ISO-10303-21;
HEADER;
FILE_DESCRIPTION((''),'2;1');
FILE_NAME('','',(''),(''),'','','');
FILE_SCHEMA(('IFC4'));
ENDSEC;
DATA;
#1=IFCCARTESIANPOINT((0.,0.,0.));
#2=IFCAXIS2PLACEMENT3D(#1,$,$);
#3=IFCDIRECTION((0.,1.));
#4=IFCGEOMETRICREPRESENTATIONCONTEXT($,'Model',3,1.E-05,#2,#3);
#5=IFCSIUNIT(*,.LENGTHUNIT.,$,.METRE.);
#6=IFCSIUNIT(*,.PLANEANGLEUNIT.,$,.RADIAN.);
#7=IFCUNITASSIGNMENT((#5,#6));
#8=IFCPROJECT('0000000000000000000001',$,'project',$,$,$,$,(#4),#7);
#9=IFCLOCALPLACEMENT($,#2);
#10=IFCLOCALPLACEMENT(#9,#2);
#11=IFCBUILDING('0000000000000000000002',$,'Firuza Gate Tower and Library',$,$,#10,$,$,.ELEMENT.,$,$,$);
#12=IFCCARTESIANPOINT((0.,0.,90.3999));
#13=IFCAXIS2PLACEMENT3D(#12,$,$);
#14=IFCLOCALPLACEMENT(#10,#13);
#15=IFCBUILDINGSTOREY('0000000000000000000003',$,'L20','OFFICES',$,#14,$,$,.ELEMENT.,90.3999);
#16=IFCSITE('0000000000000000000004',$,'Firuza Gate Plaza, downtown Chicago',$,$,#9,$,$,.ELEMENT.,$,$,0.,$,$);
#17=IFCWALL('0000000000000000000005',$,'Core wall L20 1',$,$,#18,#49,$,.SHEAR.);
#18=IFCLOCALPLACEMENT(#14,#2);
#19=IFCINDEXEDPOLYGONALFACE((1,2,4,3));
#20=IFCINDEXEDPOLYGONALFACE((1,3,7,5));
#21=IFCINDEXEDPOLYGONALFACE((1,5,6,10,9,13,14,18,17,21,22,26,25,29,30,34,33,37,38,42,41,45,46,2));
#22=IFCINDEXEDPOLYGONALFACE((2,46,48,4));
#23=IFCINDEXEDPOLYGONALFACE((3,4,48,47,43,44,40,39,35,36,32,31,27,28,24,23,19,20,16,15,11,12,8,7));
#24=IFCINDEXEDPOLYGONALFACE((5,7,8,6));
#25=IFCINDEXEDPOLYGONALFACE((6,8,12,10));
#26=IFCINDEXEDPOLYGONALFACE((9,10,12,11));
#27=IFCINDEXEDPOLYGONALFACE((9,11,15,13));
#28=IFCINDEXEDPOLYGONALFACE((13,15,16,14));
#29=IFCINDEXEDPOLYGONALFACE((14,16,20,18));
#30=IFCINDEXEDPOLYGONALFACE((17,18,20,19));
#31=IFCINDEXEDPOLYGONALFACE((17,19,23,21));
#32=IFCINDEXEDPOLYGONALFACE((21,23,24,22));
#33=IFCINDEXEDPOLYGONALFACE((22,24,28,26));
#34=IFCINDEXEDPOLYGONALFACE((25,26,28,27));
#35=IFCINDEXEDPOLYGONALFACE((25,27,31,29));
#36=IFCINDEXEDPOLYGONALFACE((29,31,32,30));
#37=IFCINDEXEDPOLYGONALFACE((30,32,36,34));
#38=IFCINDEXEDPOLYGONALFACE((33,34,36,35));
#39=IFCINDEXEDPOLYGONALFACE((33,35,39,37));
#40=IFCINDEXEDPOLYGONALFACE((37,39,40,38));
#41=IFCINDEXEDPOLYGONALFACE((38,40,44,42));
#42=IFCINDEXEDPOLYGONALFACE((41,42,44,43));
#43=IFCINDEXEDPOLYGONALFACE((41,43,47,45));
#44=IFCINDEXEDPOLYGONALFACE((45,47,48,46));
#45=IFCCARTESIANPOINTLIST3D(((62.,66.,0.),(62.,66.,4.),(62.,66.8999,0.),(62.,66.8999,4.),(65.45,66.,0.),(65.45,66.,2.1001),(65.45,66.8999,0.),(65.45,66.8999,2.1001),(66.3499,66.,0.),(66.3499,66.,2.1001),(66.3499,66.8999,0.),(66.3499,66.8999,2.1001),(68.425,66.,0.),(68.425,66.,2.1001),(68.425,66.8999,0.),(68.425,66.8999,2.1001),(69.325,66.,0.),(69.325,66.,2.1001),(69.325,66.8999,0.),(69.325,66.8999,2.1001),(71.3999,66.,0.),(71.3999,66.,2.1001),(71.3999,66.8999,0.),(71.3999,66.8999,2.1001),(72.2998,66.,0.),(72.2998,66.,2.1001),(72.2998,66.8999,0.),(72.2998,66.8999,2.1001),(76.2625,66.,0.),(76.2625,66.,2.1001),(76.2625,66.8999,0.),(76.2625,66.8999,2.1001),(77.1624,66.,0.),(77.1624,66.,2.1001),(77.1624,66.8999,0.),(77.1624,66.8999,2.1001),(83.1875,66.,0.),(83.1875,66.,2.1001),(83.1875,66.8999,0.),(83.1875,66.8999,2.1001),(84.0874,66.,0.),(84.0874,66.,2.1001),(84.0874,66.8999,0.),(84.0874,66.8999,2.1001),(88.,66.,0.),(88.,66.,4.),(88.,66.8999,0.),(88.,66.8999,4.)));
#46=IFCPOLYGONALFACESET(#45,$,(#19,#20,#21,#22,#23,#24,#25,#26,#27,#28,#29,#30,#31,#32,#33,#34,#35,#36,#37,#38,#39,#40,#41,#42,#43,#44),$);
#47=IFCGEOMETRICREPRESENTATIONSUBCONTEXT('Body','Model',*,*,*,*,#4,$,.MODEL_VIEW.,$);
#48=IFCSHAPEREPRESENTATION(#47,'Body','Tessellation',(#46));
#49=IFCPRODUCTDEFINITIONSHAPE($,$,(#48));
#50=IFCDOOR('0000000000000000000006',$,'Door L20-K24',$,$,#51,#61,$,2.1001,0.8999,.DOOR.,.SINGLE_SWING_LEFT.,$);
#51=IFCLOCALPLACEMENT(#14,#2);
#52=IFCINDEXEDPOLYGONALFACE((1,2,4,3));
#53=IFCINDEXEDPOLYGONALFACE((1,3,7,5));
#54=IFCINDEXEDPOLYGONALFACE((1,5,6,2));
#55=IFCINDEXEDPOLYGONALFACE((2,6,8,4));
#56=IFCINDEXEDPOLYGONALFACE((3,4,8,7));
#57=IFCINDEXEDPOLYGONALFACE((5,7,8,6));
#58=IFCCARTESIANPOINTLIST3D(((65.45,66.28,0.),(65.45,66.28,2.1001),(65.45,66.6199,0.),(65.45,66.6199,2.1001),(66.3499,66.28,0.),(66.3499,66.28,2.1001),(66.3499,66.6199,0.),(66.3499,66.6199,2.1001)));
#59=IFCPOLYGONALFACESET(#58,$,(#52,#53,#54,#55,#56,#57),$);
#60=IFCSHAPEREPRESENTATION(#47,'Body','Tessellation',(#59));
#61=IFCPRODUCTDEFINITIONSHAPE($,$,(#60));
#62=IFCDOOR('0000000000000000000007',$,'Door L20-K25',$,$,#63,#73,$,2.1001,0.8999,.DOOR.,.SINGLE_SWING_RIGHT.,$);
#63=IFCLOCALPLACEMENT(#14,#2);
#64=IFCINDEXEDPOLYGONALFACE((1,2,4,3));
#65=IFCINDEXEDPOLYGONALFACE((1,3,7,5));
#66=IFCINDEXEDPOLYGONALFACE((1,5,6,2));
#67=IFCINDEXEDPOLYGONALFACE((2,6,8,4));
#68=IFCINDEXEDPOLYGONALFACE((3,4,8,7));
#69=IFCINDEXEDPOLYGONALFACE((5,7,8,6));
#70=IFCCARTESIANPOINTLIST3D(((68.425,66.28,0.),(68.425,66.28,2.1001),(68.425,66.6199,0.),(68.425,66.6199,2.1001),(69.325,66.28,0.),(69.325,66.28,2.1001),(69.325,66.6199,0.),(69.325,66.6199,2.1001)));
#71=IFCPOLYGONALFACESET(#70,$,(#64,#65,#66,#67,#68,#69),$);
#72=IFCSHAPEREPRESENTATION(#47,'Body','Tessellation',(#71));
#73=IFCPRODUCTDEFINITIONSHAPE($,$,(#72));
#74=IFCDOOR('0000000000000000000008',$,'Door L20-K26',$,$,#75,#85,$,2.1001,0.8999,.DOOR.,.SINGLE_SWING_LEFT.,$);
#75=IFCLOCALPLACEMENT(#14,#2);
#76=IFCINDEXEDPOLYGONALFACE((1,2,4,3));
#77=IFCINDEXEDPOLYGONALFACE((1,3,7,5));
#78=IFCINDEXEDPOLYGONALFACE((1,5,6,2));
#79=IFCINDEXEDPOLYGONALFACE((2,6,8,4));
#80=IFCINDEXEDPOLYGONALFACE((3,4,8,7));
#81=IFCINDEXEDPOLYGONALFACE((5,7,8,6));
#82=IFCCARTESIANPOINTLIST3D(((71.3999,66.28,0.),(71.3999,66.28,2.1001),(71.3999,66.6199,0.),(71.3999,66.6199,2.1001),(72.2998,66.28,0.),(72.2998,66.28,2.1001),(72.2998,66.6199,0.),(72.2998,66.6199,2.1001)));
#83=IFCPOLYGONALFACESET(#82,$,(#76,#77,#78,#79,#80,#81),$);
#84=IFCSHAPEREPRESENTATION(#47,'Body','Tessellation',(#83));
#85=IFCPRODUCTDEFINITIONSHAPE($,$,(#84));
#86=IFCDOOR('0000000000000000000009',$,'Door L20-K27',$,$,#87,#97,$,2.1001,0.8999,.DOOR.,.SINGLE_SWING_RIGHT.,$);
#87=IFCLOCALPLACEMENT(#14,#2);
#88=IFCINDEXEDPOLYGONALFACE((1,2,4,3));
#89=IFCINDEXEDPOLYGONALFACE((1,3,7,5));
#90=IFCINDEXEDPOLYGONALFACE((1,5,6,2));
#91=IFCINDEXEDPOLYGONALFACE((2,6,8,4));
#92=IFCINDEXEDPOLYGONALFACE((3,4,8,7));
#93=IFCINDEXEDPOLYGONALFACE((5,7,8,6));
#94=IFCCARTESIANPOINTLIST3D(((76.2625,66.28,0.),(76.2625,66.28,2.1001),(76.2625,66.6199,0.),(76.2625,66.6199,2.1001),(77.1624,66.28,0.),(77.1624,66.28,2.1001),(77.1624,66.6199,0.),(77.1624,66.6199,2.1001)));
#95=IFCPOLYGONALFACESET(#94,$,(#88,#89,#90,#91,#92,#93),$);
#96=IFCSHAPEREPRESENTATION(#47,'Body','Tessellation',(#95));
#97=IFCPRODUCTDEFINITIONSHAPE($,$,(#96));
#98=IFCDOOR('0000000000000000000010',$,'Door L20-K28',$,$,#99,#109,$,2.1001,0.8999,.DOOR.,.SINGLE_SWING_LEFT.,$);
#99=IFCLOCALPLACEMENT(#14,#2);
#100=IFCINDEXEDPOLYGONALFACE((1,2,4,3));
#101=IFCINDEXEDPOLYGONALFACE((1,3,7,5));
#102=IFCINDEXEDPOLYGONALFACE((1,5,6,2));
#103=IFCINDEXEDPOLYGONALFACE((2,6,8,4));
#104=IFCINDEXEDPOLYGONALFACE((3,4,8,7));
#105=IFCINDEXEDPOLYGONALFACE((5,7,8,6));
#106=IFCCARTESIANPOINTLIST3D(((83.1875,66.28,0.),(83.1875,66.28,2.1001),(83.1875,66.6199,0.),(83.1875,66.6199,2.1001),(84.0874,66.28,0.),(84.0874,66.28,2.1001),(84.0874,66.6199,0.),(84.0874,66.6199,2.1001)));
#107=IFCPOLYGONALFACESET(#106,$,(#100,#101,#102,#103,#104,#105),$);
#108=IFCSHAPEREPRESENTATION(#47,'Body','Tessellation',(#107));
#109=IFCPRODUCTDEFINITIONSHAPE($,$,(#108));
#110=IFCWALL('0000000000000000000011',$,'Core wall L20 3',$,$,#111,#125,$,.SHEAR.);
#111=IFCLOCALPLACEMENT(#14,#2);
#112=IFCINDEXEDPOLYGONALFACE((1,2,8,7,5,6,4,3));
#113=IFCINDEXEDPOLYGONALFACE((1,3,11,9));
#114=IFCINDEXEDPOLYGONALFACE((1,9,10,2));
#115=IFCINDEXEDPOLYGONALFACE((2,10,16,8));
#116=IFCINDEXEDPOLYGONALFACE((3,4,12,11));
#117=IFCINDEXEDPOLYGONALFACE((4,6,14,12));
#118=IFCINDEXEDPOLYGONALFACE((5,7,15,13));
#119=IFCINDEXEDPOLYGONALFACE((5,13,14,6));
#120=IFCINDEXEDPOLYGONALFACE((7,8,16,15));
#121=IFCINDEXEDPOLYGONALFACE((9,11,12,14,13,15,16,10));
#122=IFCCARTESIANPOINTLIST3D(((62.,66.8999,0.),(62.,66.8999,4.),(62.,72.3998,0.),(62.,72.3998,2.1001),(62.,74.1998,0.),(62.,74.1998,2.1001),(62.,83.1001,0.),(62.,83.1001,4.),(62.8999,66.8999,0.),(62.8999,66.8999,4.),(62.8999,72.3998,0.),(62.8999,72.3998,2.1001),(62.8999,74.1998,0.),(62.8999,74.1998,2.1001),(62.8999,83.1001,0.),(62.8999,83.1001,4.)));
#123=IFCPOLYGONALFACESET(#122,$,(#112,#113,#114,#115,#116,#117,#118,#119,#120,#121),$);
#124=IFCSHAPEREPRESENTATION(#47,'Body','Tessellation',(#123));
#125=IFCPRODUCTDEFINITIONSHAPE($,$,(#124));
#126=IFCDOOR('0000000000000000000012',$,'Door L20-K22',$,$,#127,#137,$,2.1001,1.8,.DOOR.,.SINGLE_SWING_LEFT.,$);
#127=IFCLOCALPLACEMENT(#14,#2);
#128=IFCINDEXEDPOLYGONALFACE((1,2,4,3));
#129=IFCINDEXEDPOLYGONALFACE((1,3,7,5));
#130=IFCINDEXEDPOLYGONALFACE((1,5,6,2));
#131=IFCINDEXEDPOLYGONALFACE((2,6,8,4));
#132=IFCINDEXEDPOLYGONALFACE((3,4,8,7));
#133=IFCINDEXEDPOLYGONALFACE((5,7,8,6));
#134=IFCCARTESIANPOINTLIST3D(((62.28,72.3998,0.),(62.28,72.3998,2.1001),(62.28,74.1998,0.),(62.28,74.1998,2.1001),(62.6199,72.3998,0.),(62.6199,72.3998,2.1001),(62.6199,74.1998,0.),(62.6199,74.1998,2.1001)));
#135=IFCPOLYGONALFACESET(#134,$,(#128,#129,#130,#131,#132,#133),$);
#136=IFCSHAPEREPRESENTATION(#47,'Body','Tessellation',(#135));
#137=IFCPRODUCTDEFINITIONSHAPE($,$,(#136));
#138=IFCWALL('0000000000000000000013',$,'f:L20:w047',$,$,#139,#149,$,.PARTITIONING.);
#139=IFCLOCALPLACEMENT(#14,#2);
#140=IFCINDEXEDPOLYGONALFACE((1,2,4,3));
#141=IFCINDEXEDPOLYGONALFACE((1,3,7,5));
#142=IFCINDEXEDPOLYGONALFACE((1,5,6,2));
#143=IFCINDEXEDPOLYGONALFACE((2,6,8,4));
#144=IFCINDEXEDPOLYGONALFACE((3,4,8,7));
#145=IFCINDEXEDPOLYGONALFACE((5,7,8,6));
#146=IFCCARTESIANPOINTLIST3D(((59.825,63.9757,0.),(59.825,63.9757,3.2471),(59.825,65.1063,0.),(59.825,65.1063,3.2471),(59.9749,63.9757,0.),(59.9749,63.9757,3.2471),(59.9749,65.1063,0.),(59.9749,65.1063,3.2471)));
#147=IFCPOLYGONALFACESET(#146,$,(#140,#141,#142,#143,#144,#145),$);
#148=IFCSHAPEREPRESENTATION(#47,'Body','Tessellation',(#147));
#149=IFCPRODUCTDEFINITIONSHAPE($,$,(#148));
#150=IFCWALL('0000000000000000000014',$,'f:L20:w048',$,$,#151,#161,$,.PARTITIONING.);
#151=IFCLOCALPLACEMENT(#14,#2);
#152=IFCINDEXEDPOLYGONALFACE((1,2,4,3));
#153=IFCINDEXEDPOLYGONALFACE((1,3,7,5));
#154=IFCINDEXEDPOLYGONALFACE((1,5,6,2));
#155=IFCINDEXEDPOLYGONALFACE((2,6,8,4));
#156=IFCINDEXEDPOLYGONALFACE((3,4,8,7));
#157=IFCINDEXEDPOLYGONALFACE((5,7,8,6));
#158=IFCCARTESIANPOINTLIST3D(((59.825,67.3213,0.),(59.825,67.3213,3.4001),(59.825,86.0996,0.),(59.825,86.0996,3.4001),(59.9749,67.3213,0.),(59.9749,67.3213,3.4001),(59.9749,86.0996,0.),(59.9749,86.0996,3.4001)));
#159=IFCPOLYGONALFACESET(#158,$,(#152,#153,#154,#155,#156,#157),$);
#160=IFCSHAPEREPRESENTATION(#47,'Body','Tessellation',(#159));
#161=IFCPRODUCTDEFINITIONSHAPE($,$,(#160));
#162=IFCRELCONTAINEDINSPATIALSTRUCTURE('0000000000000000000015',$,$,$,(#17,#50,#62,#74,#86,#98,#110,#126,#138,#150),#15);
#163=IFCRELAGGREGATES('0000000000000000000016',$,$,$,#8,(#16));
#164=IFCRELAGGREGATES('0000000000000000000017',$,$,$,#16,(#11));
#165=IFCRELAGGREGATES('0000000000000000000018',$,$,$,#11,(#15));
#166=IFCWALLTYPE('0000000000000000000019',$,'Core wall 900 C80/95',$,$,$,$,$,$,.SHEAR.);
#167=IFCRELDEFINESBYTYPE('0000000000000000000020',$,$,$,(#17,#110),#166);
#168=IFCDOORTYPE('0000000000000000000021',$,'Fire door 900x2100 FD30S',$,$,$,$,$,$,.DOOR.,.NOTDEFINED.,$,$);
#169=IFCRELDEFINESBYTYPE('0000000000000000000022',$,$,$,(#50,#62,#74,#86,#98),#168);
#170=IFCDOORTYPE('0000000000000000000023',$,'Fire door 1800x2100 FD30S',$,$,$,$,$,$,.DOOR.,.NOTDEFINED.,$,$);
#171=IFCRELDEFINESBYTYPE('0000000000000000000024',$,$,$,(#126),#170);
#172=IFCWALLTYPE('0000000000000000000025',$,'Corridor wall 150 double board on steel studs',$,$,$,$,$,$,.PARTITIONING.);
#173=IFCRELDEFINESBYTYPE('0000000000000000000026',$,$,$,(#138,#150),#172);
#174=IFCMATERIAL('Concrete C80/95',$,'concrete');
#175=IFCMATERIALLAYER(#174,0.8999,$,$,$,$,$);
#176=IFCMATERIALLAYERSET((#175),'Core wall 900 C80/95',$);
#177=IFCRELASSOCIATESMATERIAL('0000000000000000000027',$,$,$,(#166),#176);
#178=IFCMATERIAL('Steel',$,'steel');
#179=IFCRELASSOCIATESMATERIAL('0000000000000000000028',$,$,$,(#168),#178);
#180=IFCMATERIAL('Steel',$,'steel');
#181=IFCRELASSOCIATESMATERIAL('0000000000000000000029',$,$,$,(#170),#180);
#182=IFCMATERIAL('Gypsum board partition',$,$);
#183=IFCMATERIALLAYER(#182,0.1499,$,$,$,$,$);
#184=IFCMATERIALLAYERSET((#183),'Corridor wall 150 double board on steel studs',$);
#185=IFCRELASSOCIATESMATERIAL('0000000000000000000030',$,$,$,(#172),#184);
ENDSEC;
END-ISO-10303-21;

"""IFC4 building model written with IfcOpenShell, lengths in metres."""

from ifc_helpers import new_model, si_unit, direction, frame, frame_2d, origin, place, context, subcontext, project, spatial, rectangle, extrude, material, layer, layer_set, type_object, element, fill, save


model = new_model("IFC4")

# Units and contexts
model_context = context("Model", 3, precision=1e-05, world=origin(), true_north=direction((0.0, 1.0)))
body_context = subcontext(model_context, "Body", "Model", "MODEL_VIEW")
ifc_project = project(units=[si_unit("LENGTHUNIT", "METRE"), si_unit("PLANEANGLEUNIT", "RADIAN")], contexts=[model_context])

# Site, building, storey
site_placement = place(None, origin())
site = spatial("IfcSite", under=ifc_project, at=site_placement, Name="Firuza Gate Plaza, downtown Chicago", CompositionType="ELEMENT", RefElevation=0.0)
building_placement = place(site_placement, origin())
building = spatial("IfcBuilding", under=site, at=building_placement, Name="Firuza Gate Tower and Library", CompositionType="ELEMENT")
storey_placement = place(building_placement, frame((0.0, 0.0, 90.3999)))
storey = spatial("IfcBuildingStorey", under=building, at=storey_placement, Name="L20", Description="OFFICES", CompositionType="ELEMENT", Elevation=90.3999)

# Wall, openings, doors
ifc_material_1 = material(Name="Concrete C80/95", Category="concrete")
ifc_layer_1 = layer(ifc_material_1, 0.8999)
ifc_layer_set_1 = layer_set([ifc_layer_1], Name="Core wall 900 C80/95")
wall_type_1 = type_object("IfcWallType", Name="Core wall 900 C80/95", PredefinedType="SHEAR", material=ifc_layer_set_1)
wall_1_placement = place(storey_placement, frame((62.0, 66.45, 0.0), z_axis=(0.0, 0.0, 1.0), x_axis=(1.0, 0.0, 0.0)))
wall_1 = element("IfcWall", 1, at=wall_1_placement, inside=storey, type_object=wall_type_1, Name="Core wall L20 1", PredefinedType="SHEAR", context=body_context, shape_type="SweptSolid", body=[
    extrude(rectangle(XDim=26.0, YDim=0.8999, at=frame_2d((13.0, 0.0))), origin(), (0.0, 0.0, 1.0), 4.0),
])
opening_1_placement = place(wall_1_placement, frame((3.45, 0.0, 0.0)))
opening_1 = element("IfcOpeningElement", 2, at=opening_1_placement, cuts=wall_1, PredefinedType="OPENING", context=body_context, shape_type="SweptSolid", body=[
    extrude(rectangle(XDim=0.8999, YDim=2.1001, at=frame_2d((0.45, 1.05))), frame((0.0, 0.46, 0.0), z_axis=(0.0, -1.0, 0.0), x_axis=(1.0, 0.0, 0.0)), (0.0, 0.0, 1.0), 0.9199),
])
opening_2_placement = place(wall_1_placement, frame((6.425, 0.0, 0.0)))
opening_2 = element("IfcOpeningElement", 3, at=opening_2_placement, cuts=wall_1, PredefinedType="OPENING", context=body_context, shape_type="SweptSolid", body=[
    extrude(rectangle(XDim=0.8999, YDim=2.1001, at=frame_2d((0.45, 1.05))), frame((0.0, 0.46, 0.0), z_axis=(0.0, -1.0, 0.0), x_axis=(1.0, 0.0, 0.0)), (0.0, 0.0, 1.0), 0.9199),
])
opening_3_placement = place(wall_1_placement, frame((9.3999, 0.0, 0.0)))
opening_3 = element("IfcOpeningElement", 4, at=opening_3_placement, cuts=wall_1, PredefinedType="OPENING", context=body_context, shape_type="SweptSolid", body=[
    extrude(rectangle(XDim=0.8999, YDim=2.1001, at=frame_2d((0.45, 1.05))), frame((0.0, 0.46, 0.0), z_axis=(0.0, -1.0, 0.0), x_axis=(1.0, 0.0, 0.0)), (0.0, 0.0, 1.0), 0.9199),
])
opening_4_placement = place(wall_1_placement, frame((14.2625, 0.0, 0.0)))
opening_4 = element("IfcOpeningElement", 5, at=opening_4_placement, cuts=wall_1, PredefinedType="OPENING", context=body_context, shape_type="SweptSolid", body=[
    extrude(rectangle(XDim=0.8999, YDim=2.1001, at=frame_2d((0.45, 1.05))), frame((0.0, 0.46, 0.0), z_axis=(0.0, -1.0, 0.0), x_axis=(1.0, 0.0, 0.0)), (0.0, 0.0, 1.0), 0.9199),
])
opening_5_placement = place(wall_1_placement, frame((21.1875, 0.0, 0.0)))
opening_5 = element("IfcOpeningElement", 6, at=opening_5_placement, cuts=wall_1, PredefinedType="OPENING", context=body_context, shape_type="SweptSolid", body=[
    extrude(rectangle(XDim=0.8999, YDim=2.1001, at=frame_2d((0.45, 1.05))), frame((0.0, 0.46, 0.0), z_axis=(0.0, -1.0, 0.0), x_axis=(1.0, 0.0, 0.0)), (0.0, 0.0, 1.0), 0.9199),
])
ifc_material_2 = material(Name="Steel", Category="steel")
door_type_1 = type_object("IfcDoorType", Name="Fire door 900x2100 FD30S", OperationType="NOTDEFINED", PredefinedType="DOOR", material=ifc_material_2)
door_1_placement = place(opening_1_placement, origin())
door_1 = element("IfcDoor", 7, at=door_1_placement, inside=storey, type_object=door_type_1, Name="Door L20-K24", OperationType="SINGLE_SWING_LEFT", OverallHeight=2.1001, OverallWidth=0.8999, PredefinedType="DOOR", context=body_context, shape_type="SweptSolid", body=[
    extrude(rectangle(XDim=0.8999, YDim=2.1001, at=frame_2d((0.45, 1.05))), frame((0.0, 0.1699, 0.0), z_axis=(0.0, -1.0, 0.0), x_axis=(1.0, 0.0, 0.0)), (0.0, 0.0, 1.0), 0.3398),
])
fill(opening_1, door_1)
door_2_placement = place(opening_2_placement, origin())
door_2 = element("IfcDoor", 8, at=door_2_placement, inside=storey, type_object=door_type_1, Name="Door L20-K25", OperationType="SINGLE_SWING_RIGHT", OverallHeight=2.1001, OverallWidth=0.8999, PredefinedType="DOOR", context=body_context, shape_type="SweptSolid", body=[
    extrude(rectangle(XDim=0.8999, YDim=2.1001, at=frame_2d((0.45, 1.05))), frame((0.0, 0.1699, 0.0), z_axis=(0.0, -1.0, 0.0), x_axis=(1.0, 0.0, 0.0)), (0.0, 0.0, 1.0), 0.3398),
])
fill(opening_2, door_2)
door_3_placement = place(opening_3_placement, origin())
door_3 = element("IfcDoor", 9, at=door_3_placement, inside=storey, type_object=door_type_1, Name="Door L20-K26", OperationType="SINGLE_SWING_LEFT", OverallHeight=2.1001, OverallWidth=0.8999, PredefinedType="DOOR", context=body_context, shape_type="SweptSolid", body=[
    extrude(rectangle(XDim=0.8999, YDim=2.1001, at=frame_2d((0.45, 1.05))), frame((0.0, 0.1699, 0.0), z_axis=(0.0, -1.0, 0.0), x_axis=(1.0, 0.0, 0.0)), (0.0, 0.0, 1.0), 0.3398),
])
fill(opening_3, door_3)
door_4_placement = place(opening_4_placement, origin())
door_4 = element("IfcDoor", 10, at=door_4_placement, inside=storey, type_object=door_type_1, Name="Door L20-K27", OperationType="SINGLE_SWING_RIGHT", OverallHeight=2.1001, OverallWidth=0.8999, PredefinedType="DOOR", context=body_context, shape_type="SweptSolid", body=[
    extrude(rectangle(XDim=0.8999, YDim=2.1001, at=frame_2d((0.45, 1.05))), frame((0.0, 0.1699, 0.0), z_axis=(0.0, -1.0, 0.0), x_axis=(1.0, 0.0, 0.0)), (0.0, 0.0, 1.0), 0.3398),
])
fill(opening_4, door_4)
door_5_placement = place(opening_5_placement, origin())
door_5 = element("IfcDoor", 11, at=door_5_placement, inside=storey, type_object=door_type_1, Name="Door L20-K28", OperationType="SINGLE_SWING_LEFT", OverallHeight=2.1001, OverallWidth=0.8999, PredefinedType="DOOR", context=body_context, shape_type="SweptSolid", body=[
    extrude(rectangle(XDim=0.8999, YDim=2.1001, at=frame_2d((0.45, 1.05))), frame((0.0, 0.1699, 0.0), z_axis=(0.0, -1.0, 0.0), x_axis=(1.0, 0.0, 0.0)), (0.0, 0.0, 1.0), 0.3398),
])
fill(opening_5, door_5)

# Wall, opening, door
wall_2_placement = place(storey_placement, frame((62.45, 66.8999, 0.0), z_axis=(0.0, 0.0, 1.0), x_axis=(0.0, 1.0, 0.0)))
wall_2 = element("IfcWall", 12, at=wall_2_placement, inside=storey, type_object=wall_type_1, Name="Core wall L20 3", PredefinedType="SHEAR", context=body_context, shape_type="SweptSolid", body=[
    extrude(rectangle(XDim=16.2002, YDim=0.8999, at=frame_2d((8.1001, 0.0))), origin(), (0.0, 0.0, 1.0), 4.0),
])
opening_6_placement = place(wall_2_placement, frame((5.5, 0.0, 0.0)))
opening_6 = element("IfcOpeningElement", 13, at=opening_6_placement, cuts=wall_2, PredefinedType="OPENING", context=body_context, shape_type="SweptSolid", body=[
    extrude(rectangle(XDim=1.8, YDim=2.1001, at=frame_2d((0.8999, 1.05))), frame((0.0, 0.46, 0.0), z_axis=(0.0, -1.0, 0.0), x_axis=(1.0, 0.0, 0.0)), (0.0, 0.0, 1.0), 0.9199),
])
ifc_material_3 = material(Name="Steel", Category="steel")
door_type_2 = type_object("IfcDoorType", Name="Fire door 1800x2100 FD30S", OperationType="NOTDEFINED", PredefinedType="DOOR", material=ifc_material_3)
door_6_placement = place(opening_6_placement, origin())
door_6 = element("IfcDoor", 14, at=door_6_placement, inside=storey, type_object=door_type_2, Name="Door L20-K22", OperationType="SINGLE_SWING_LEFT", OverallHeight=2.1001, OverallWidth=1.8, PredefinedType="DOOR", context=body_context, shape_type="SweptSolid", body=[
    extrude(rectangle(XDim=1.8, YDim=2.1001, at=frame_2d((0.8999, 1.05))), frame((0.0, 0.1699, 0.0), z_axis=(0.0, -1.0, 0.0), x_axis=(1.0, 0.0, 0.0)), (0.0, 0.0, 1.0), 0.3398),
])
fill(opening_6, door_6)

# Walls
ifc_material_4 = material(Name="Gypsum board partition")
ifc_layer_2 = layer(ifc_material_4, 0.1499)
ifc_layer_set_2 = layer_set([ifc_layer_2], Name="Corridor wall 150 double board on steel studs")
wall_type_2 = type_object("IfcWallType", Name="Corridor wall 150 double board on steel studs", PredefinedType="PARTITIONING", material=ifc_layer_set_2)
wall_3_placement = place(storey_placement, frame((59.8999, 63.9756, 0.0), z_axis=(0.0, 0.0, 1.0), x_axis=(0.0, 1.0, 0.0)))
element("IfcWall", 15, at=wall_3_placement, inside=storey, type_object=wall_type_2, Name="f:L20:w047", PredefinedType="PARTITIONING", context=body_context, shape_type="SweptSolid", body=[
    extrude(rectangle(XDim=1.1306, YDim=0.1499, at=frame_2d((0.5654, 0.0))), origin(), (0.0, 0.0, 1.0), 3.2471),
])
wall_4_placement = place(storey_placement, frame((59.8999, 67.3213, 0.0), z_axis=(0.0, 0.0, 1.0), x_axis=(0.0, 1.0, 0.0)))
element("IfcWall", 16, at=wall_4_placement, inside=storey, type_object=wall_type_2, Name="f:L20:w048", PredefinedType="PARTITIONING", context=body_context, shape_type="SweptSolid", body=[
    extrude(rectangle(XDim=18.7783, YDim=0.1499, at=frame_2d((9.3892, 0.0))), origin(), (0.0, 0.0, 1.0), 3.4001),
])

save(model, "model.ifc")
